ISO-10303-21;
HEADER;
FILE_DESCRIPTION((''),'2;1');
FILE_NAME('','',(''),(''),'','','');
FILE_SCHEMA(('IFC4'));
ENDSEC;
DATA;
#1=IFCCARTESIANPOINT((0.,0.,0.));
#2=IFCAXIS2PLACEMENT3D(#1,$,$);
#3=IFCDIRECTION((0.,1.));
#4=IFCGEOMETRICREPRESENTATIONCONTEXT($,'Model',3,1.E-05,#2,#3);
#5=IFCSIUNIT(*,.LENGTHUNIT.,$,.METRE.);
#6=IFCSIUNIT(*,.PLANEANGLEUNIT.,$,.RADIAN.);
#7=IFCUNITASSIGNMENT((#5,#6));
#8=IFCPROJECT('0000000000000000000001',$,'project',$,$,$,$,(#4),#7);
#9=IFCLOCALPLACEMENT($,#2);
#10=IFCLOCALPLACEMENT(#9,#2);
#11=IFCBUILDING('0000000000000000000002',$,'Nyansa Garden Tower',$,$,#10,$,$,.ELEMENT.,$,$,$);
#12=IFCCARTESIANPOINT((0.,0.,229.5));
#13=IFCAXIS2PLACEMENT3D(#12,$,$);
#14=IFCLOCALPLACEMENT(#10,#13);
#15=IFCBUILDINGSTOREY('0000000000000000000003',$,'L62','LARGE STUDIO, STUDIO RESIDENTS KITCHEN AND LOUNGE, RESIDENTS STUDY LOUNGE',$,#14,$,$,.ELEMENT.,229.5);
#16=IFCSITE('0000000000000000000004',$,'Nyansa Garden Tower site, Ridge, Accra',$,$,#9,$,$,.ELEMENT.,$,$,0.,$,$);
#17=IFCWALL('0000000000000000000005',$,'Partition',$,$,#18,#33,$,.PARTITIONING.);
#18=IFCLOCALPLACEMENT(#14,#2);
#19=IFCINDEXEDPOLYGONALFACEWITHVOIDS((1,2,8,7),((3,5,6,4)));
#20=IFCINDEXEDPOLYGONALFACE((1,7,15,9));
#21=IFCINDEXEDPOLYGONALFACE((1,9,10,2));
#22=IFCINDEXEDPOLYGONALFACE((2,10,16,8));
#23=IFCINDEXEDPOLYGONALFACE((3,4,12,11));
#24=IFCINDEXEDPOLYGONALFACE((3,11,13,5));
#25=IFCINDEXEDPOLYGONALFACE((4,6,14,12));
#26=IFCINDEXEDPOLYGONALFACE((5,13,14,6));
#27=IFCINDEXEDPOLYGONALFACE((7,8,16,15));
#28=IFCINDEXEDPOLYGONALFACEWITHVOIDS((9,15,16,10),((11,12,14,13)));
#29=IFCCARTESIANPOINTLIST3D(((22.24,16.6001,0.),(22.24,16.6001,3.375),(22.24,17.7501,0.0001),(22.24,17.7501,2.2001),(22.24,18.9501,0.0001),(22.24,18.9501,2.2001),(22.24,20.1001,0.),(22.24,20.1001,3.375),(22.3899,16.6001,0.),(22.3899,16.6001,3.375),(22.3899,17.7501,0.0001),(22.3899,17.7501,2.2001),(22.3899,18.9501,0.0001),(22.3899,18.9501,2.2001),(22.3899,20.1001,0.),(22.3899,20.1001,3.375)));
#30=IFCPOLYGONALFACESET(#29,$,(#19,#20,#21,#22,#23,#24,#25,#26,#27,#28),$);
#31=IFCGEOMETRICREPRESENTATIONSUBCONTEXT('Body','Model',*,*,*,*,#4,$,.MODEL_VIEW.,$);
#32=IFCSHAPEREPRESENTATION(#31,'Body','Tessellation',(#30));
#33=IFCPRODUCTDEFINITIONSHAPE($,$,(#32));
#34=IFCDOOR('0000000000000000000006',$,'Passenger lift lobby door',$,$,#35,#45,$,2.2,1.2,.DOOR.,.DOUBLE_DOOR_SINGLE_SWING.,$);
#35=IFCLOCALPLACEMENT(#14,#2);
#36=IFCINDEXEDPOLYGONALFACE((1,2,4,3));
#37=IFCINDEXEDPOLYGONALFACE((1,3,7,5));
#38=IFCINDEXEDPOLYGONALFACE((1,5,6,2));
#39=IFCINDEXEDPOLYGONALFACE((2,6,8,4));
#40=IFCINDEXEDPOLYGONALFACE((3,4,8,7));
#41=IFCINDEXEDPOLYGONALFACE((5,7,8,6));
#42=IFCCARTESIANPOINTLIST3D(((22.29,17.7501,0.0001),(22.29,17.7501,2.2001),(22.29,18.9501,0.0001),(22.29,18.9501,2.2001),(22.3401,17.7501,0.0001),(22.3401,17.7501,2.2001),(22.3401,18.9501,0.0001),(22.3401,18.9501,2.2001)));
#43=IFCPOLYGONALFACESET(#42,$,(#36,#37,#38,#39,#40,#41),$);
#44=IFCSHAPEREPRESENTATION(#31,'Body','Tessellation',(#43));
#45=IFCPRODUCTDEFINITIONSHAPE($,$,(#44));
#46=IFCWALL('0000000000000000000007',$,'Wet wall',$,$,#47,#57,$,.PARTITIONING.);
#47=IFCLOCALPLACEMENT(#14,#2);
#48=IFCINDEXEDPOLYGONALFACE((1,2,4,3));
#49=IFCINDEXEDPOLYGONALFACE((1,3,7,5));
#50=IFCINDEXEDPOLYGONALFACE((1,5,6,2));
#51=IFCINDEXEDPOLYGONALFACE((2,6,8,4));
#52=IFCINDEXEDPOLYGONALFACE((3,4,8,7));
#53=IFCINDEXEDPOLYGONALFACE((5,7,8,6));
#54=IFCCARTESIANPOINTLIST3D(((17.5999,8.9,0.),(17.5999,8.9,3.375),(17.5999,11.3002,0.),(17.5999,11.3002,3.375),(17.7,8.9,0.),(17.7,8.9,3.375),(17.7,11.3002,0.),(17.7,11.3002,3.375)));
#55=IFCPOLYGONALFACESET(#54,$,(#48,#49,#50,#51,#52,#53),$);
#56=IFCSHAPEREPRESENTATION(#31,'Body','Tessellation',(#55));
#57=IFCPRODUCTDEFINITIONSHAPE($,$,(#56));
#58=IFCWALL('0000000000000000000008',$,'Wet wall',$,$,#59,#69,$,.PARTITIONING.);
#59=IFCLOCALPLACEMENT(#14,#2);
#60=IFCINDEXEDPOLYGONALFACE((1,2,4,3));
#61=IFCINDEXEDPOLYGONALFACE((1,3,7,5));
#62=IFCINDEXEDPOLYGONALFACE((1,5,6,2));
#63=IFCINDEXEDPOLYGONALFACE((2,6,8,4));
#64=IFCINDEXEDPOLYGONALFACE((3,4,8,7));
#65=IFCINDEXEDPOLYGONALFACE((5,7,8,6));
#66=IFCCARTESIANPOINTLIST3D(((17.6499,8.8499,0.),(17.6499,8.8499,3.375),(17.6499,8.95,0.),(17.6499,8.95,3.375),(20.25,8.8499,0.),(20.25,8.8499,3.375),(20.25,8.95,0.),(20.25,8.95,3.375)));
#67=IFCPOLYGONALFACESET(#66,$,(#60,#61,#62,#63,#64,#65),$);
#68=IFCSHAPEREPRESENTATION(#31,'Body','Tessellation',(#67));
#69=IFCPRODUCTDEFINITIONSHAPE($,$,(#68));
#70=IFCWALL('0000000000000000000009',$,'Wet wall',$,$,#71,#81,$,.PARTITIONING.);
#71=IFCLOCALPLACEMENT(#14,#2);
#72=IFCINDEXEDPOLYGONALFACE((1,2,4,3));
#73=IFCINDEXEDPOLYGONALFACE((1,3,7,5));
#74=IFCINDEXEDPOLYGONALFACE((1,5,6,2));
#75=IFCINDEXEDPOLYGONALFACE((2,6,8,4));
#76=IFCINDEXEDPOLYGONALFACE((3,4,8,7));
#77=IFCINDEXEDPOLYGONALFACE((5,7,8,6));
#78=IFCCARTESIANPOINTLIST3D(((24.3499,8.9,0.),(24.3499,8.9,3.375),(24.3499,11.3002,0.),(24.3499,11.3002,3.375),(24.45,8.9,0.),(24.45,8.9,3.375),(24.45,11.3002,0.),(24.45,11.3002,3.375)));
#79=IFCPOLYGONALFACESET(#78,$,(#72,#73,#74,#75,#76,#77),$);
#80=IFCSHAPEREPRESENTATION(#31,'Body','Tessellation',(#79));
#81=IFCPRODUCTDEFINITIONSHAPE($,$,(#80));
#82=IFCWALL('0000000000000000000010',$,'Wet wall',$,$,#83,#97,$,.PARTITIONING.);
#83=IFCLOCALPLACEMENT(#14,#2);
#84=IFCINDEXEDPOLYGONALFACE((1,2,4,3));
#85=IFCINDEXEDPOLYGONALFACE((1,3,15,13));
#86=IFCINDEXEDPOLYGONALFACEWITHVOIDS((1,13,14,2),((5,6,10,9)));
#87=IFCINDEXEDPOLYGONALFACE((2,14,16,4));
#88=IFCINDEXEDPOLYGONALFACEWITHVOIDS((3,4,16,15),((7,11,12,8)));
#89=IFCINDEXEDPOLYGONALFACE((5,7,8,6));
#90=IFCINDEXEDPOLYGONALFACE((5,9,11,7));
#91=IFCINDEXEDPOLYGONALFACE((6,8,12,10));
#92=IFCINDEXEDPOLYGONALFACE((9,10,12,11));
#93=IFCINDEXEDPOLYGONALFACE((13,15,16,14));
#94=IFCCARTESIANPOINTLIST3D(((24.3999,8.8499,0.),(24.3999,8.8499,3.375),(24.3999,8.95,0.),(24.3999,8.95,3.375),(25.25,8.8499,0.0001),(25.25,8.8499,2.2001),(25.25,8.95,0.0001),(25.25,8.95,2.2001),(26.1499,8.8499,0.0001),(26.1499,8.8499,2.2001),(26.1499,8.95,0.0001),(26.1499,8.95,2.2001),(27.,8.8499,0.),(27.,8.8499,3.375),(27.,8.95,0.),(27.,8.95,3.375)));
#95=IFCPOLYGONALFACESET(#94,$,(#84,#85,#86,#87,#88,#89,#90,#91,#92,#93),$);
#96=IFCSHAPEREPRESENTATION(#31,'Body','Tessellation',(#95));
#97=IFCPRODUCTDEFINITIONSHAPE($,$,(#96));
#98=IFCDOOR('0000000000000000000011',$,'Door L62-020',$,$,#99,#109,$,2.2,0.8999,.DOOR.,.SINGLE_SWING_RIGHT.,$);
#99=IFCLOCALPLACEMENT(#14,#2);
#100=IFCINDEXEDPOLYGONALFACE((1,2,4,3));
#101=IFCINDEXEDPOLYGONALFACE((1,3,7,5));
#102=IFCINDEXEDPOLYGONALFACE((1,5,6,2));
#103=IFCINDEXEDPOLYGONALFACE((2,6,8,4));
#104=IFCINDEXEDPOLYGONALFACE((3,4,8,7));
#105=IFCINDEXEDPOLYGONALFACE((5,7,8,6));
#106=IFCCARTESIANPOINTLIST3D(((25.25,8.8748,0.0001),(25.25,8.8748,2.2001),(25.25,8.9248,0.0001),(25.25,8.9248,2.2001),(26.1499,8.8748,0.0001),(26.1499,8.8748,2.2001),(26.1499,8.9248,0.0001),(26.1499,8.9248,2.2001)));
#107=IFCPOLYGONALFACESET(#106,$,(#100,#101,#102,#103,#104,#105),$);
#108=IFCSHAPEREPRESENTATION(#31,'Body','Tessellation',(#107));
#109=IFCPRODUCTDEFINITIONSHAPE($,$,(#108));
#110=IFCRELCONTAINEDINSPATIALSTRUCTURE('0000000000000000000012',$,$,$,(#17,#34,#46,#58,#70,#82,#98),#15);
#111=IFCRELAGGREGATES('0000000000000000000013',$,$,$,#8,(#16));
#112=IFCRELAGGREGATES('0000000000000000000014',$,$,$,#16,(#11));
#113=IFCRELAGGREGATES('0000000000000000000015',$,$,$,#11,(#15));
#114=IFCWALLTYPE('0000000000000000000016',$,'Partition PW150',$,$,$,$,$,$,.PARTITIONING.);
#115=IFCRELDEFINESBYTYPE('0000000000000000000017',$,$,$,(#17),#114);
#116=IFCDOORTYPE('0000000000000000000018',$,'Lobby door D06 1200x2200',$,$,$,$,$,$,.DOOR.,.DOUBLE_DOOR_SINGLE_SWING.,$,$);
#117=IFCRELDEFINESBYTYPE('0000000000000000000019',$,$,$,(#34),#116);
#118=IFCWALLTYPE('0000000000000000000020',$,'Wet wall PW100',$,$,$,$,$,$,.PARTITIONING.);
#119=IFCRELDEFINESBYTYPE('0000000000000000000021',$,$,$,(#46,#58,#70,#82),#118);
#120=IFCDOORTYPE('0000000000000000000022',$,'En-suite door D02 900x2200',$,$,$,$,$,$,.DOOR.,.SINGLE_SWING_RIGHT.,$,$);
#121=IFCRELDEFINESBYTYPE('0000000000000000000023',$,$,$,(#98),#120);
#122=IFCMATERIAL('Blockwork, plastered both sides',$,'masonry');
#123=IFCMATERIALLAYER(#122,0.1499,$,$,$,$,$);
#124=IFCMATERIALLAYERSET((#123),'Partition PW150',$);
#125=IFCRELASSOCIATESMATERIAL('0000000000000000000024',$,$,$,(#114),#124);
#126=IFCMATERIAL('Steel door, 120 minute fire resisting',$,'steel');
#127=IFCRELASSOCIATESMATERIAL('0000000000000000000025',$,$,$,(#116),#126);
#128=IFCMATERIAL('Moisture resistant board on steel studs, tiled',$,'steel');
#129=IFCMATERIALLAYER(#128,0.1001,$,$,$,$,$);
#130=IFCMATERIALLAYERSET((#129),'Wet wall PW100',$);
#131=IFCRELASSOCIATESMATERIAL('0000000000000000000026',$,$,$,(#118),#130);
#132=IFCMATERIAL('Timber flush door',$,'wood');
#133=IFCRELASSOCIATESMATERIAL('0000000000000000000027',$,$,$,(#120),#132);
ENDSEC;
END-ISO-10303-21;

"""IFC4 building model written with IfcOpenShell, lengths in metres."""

from ifc_helpers import new_model, si_unit, direction, frame, frame_2d, origin, place, context, subcontext, project, spatial, rectangle, extrude, material, layer, layer_set, type_object, element, fill, save


model = new_model("IFC4")

# Units and contexts
model_context = context("Model", 3, precision=1e-05, world=origin(), true_north=direction((0.0, 1.0)))
body_context = subcontext(model_context, "Body", "Model", "MODEL_VIEW")
ifc_project = project(units=[si_unit("LENGTHUNIT", "METRE"), si_unit("PLANEANGLEUNIT", "RADIAN")], contexts=[model_context])

# Site, building, storey
site_placement = place(None, origin())
site = spatial("IfcSite", under=ifc_project, at=site_placement, Name="Nyansa Garden Tower site, Ridge, Accra", CompositionType="ELEMENT", RefElevation=0.0)
building_placement = place(site_placement, origin())
building = spatial("IfcBuilding", under=site, at=building_placement, Name="Nyansa Garden Tower", CompositionType="ELEMENT")
storey_placement = place(building_placement, frame((0.0, 0.0, 229.5)))
storey = spatial("IfcBuildingStorey", under=building, at=storey_placement, Name="L62", Description="LARGE STUDIO, STUDIO RESIDENTS KITCHEN AND LOUNGE, RESIDENTS STUDY LOUNGE", CompositionType="ELEMENT", Elevation=229.5)

# Wall, opening, door
ifc_material_1 = material(Name="Blockwork, plastered both sides", Category="masonry")
ifc_layer_1 = layer(ifc_material_1, 0.1499)
ifc_layer_set_1 = layer_set([ifc_layer_1], Name="Partition PW150")
wall_type_1 = type_object("IfcWallType", Name="Partition PW150", PredefinedType="PARTITIONING", material=ifc_layer_set_1)
ifc_material_2 = material(Name="Steel door, 120 minute fire resisting", Category="steel")
door_type_1 = type_object("IfcDoorType", Name="Lobby door D06 1200x2200", OperationType="DOUBLE_DOOR_SINGLE_SWING", PredefinedType="DOOR", material=ifc_material_2)
wall_1_placement = place(storey_placement, frame((22.3149, 16.6001, 0.0), z_axis=(0.0, 0.0, 1.0), x_axis=(0.0, 1.0, 0.0)))
wall_1 = element("IfcWall", 1, at=wall_1_placement, inside=storey, type_object=wall_type_1, Name="Partition", PredefinedType="PARTITIONING", context=body_context, shape_type="SweptSolid", body=[
    extrude(rectangle(XDim=3.5, YDim=0.1499, at=frame_2d((1.75, 0.0))), origin(), (0.0, 0.0, 1.0), 3.375),
])
opening_1_placement = place(wall_1_placement, frame((1.1499, 0.0, 0.0)))
opening_1 = element("IfcOpeningElement", 2, at=opening_1_placement, cuts=wall_1, PredefinedType="OPENING", context=body_context, shape_type="SweptSolid", body=[
    extrude(rectangle(XDim=1.2, YDim=2.2, at=frame_2d((0.6001, 1.1001))), frame((0.0, 0.085, 0.0), z_axis=(0.0, -1.0, 0.0), x_axis=(1.0, 0.0, 0.0)), (0.0, 0.0, 1.0), 0.1699),
])
door_1_placement = place(opening_1_placement, origin())
door_1 = element("IfcDoor", 3, at=door_1_placement, inside=storey, type_object=door_type_1, Name="Passenger lift lobby door", OperationType="DOUBLE_DOOR_SINGLE_SWING", OverallHeight=2.2, OverallWidth=1.2, PredefinedType="DOOR", context=body_context, shape_type="SweptSolid", body=[
    extrude(rectangle(XDim=1.2, YDim=2.2, at=frame_2d((0.6001, 1.1001))), frame((0.0, 0.0249, 0.0), z_axis=(0.0, -1.0, 0.0), x_axis=(1.0, 0.0, 0.0)), (0.0, 0.0, 1.0), 0.05),
])
fill(opening_1, door_1)

# Walls
ifc_material_3 = material(Name="Moisture resistant board on steel studs, tiled", Category="steel")
ifc_layer_2 = layer(ifc_material_3, 0.1001)
ifc_layer_set_2 = layer_set([ifc_layer_2], Name="Wet wall PW100")
wall_type_2 = type_object("IfcWallType", Name="Wet wall PW100", PredefinedType="PARTITIONING", material=ifc_layer_set_2)
wall_2_placement = place(storey_placement, frame((17.6499, 8.8999, 0.0), z_axis=(0.0, 0.0, 1.0), x_axis=(0.0, 1.0, 0.0)))
element("IfcWall", 4, at=wall_2_placement, inside=storey, type_object=wall_type_2, Name="Wet wall", PredefinedType="PARTITIONING", context=body_context, shape_type="SweptSolid", body=[
    extrude(rectangle(XDim=2.4001, YDim=0.1001, at=frame_2d((1.2002, 0.0))), origin(), (0.0, 0.0, 1.0), 3.375),
])
wall_3_placement = place(storey_placement, frame((17.6499, 8.8999, 0.0), z_axis=(0.0, 0.0, 1.0), x_axis=(1.0, 0.0, 0.0)))
element("IfcWall", 5, at=wall_3_placement, inside=storey, type_object=wall_type_2, Name="Wet wall", PredefinedType="PARTITIONING", context=body_context, shape_type="SweptSolid", body=[
    extrude(rectangle(XDim=2.6001, YDim=0.1001, at=frame_2d((1.3, 0.0))), origin(), (0.0, 0.0, 1.0), 3.375),
])
wall_4_placement = place(storey_placement, frame((24.3999, 8.8999, 0.0), z_axis=(0.0, 0.0, 1.0), x_axis=(0.0, 1.0, 0.0)))
element("IfcWall", 6, at=wall_4_placement, inside=storey, type_object=wall_type_2, Name="Wet wall", PredefinedType="PARTITIONING", context=body_context, shape_type="SweptSolid", body=[
    extrude(rectangle(XDim=2.4001, YDim=0.1001, at=frame_2d((1.2002, 0.0))), origin(), (0.0, 0.0, 1.0), 3.375),
])

# Wall, opening, door
wall_5_placement = place(storey_placement, frame((24.3999, 8.8999, 0.0), z_axis=(0.0, 0.0, 1.0), x_axis=(1.0, 0.0, 0.0)))
wall_5 = element("IfcWall", 7, at=wall_5_placement, inside=storey, type_object=wall_type_2, Name="Wet wall", PredefinedType="PARTITIONING", context=body_context, shape_type="SweptSolid", body=[
    extrude(rectangle(XDim=2.6001, YDim=0.1001, at=frame_2d((1.3, 0.0))), origin(), (0.0, 0.0, 1.0), 3.375),
])
opening_2_placement = place(wall_5_placement, frame((0.8501, 0.0, 0.0)))
opening_2 = element("IfcOpeningElement", 8, at=opening_2_placement, cuts=wall_5, PredefinedType="OPENING", context=body_context, shape_type="SweptSolid", body=[
    extrude(rectangle(XDim=0.8999, YDim=2.2, at=frame_2d((0.45, 1.1001))), frame((0.0, 0.0601, 0.0), z_axis=(0.0, -1.0, 0.0), x_axis=(1.0, 0.0, 0.0)), (0.0, 0.0, 1.0), 0.1201),
])
ifc_material_4 = material(Name="Timber flush door", Category="wood")
door_type_2 = type_object("IfcDoorType", Name="En-suite door D02 900x2200", OperationType="SINGLE_SWING_RIGHT", PredefinedType="DOOR", material=ifc_material_4)
door_2_placement = place(opening_2_placement, origin())
door_2 = element("IfcDoor", 9, at=door_2_placement, inside=storey, type_object=door_type_2, Name="Door L62-020", OperationType="SINGLE_SWING_RIGHT", OverallHeight=2.2, OverallWidth=0.8999, PredefinedType="DOOR", context=body_context, shape_type="SweptSolid", body=[
    extrude(rectangle(XDim=0.8999, YDim=2.2, at=frame_2d((0.45, 1.1001))), frame((0.0, 0.0249, 0.0), z_axis=(0.0, -1.0, 0.0), x_axis=(1.0, 0.0, 0.0)), (0.0, 0.0, 1.0), 0.05),
])
fill(opening_2, door_2)

save(model, "model.ifc")
